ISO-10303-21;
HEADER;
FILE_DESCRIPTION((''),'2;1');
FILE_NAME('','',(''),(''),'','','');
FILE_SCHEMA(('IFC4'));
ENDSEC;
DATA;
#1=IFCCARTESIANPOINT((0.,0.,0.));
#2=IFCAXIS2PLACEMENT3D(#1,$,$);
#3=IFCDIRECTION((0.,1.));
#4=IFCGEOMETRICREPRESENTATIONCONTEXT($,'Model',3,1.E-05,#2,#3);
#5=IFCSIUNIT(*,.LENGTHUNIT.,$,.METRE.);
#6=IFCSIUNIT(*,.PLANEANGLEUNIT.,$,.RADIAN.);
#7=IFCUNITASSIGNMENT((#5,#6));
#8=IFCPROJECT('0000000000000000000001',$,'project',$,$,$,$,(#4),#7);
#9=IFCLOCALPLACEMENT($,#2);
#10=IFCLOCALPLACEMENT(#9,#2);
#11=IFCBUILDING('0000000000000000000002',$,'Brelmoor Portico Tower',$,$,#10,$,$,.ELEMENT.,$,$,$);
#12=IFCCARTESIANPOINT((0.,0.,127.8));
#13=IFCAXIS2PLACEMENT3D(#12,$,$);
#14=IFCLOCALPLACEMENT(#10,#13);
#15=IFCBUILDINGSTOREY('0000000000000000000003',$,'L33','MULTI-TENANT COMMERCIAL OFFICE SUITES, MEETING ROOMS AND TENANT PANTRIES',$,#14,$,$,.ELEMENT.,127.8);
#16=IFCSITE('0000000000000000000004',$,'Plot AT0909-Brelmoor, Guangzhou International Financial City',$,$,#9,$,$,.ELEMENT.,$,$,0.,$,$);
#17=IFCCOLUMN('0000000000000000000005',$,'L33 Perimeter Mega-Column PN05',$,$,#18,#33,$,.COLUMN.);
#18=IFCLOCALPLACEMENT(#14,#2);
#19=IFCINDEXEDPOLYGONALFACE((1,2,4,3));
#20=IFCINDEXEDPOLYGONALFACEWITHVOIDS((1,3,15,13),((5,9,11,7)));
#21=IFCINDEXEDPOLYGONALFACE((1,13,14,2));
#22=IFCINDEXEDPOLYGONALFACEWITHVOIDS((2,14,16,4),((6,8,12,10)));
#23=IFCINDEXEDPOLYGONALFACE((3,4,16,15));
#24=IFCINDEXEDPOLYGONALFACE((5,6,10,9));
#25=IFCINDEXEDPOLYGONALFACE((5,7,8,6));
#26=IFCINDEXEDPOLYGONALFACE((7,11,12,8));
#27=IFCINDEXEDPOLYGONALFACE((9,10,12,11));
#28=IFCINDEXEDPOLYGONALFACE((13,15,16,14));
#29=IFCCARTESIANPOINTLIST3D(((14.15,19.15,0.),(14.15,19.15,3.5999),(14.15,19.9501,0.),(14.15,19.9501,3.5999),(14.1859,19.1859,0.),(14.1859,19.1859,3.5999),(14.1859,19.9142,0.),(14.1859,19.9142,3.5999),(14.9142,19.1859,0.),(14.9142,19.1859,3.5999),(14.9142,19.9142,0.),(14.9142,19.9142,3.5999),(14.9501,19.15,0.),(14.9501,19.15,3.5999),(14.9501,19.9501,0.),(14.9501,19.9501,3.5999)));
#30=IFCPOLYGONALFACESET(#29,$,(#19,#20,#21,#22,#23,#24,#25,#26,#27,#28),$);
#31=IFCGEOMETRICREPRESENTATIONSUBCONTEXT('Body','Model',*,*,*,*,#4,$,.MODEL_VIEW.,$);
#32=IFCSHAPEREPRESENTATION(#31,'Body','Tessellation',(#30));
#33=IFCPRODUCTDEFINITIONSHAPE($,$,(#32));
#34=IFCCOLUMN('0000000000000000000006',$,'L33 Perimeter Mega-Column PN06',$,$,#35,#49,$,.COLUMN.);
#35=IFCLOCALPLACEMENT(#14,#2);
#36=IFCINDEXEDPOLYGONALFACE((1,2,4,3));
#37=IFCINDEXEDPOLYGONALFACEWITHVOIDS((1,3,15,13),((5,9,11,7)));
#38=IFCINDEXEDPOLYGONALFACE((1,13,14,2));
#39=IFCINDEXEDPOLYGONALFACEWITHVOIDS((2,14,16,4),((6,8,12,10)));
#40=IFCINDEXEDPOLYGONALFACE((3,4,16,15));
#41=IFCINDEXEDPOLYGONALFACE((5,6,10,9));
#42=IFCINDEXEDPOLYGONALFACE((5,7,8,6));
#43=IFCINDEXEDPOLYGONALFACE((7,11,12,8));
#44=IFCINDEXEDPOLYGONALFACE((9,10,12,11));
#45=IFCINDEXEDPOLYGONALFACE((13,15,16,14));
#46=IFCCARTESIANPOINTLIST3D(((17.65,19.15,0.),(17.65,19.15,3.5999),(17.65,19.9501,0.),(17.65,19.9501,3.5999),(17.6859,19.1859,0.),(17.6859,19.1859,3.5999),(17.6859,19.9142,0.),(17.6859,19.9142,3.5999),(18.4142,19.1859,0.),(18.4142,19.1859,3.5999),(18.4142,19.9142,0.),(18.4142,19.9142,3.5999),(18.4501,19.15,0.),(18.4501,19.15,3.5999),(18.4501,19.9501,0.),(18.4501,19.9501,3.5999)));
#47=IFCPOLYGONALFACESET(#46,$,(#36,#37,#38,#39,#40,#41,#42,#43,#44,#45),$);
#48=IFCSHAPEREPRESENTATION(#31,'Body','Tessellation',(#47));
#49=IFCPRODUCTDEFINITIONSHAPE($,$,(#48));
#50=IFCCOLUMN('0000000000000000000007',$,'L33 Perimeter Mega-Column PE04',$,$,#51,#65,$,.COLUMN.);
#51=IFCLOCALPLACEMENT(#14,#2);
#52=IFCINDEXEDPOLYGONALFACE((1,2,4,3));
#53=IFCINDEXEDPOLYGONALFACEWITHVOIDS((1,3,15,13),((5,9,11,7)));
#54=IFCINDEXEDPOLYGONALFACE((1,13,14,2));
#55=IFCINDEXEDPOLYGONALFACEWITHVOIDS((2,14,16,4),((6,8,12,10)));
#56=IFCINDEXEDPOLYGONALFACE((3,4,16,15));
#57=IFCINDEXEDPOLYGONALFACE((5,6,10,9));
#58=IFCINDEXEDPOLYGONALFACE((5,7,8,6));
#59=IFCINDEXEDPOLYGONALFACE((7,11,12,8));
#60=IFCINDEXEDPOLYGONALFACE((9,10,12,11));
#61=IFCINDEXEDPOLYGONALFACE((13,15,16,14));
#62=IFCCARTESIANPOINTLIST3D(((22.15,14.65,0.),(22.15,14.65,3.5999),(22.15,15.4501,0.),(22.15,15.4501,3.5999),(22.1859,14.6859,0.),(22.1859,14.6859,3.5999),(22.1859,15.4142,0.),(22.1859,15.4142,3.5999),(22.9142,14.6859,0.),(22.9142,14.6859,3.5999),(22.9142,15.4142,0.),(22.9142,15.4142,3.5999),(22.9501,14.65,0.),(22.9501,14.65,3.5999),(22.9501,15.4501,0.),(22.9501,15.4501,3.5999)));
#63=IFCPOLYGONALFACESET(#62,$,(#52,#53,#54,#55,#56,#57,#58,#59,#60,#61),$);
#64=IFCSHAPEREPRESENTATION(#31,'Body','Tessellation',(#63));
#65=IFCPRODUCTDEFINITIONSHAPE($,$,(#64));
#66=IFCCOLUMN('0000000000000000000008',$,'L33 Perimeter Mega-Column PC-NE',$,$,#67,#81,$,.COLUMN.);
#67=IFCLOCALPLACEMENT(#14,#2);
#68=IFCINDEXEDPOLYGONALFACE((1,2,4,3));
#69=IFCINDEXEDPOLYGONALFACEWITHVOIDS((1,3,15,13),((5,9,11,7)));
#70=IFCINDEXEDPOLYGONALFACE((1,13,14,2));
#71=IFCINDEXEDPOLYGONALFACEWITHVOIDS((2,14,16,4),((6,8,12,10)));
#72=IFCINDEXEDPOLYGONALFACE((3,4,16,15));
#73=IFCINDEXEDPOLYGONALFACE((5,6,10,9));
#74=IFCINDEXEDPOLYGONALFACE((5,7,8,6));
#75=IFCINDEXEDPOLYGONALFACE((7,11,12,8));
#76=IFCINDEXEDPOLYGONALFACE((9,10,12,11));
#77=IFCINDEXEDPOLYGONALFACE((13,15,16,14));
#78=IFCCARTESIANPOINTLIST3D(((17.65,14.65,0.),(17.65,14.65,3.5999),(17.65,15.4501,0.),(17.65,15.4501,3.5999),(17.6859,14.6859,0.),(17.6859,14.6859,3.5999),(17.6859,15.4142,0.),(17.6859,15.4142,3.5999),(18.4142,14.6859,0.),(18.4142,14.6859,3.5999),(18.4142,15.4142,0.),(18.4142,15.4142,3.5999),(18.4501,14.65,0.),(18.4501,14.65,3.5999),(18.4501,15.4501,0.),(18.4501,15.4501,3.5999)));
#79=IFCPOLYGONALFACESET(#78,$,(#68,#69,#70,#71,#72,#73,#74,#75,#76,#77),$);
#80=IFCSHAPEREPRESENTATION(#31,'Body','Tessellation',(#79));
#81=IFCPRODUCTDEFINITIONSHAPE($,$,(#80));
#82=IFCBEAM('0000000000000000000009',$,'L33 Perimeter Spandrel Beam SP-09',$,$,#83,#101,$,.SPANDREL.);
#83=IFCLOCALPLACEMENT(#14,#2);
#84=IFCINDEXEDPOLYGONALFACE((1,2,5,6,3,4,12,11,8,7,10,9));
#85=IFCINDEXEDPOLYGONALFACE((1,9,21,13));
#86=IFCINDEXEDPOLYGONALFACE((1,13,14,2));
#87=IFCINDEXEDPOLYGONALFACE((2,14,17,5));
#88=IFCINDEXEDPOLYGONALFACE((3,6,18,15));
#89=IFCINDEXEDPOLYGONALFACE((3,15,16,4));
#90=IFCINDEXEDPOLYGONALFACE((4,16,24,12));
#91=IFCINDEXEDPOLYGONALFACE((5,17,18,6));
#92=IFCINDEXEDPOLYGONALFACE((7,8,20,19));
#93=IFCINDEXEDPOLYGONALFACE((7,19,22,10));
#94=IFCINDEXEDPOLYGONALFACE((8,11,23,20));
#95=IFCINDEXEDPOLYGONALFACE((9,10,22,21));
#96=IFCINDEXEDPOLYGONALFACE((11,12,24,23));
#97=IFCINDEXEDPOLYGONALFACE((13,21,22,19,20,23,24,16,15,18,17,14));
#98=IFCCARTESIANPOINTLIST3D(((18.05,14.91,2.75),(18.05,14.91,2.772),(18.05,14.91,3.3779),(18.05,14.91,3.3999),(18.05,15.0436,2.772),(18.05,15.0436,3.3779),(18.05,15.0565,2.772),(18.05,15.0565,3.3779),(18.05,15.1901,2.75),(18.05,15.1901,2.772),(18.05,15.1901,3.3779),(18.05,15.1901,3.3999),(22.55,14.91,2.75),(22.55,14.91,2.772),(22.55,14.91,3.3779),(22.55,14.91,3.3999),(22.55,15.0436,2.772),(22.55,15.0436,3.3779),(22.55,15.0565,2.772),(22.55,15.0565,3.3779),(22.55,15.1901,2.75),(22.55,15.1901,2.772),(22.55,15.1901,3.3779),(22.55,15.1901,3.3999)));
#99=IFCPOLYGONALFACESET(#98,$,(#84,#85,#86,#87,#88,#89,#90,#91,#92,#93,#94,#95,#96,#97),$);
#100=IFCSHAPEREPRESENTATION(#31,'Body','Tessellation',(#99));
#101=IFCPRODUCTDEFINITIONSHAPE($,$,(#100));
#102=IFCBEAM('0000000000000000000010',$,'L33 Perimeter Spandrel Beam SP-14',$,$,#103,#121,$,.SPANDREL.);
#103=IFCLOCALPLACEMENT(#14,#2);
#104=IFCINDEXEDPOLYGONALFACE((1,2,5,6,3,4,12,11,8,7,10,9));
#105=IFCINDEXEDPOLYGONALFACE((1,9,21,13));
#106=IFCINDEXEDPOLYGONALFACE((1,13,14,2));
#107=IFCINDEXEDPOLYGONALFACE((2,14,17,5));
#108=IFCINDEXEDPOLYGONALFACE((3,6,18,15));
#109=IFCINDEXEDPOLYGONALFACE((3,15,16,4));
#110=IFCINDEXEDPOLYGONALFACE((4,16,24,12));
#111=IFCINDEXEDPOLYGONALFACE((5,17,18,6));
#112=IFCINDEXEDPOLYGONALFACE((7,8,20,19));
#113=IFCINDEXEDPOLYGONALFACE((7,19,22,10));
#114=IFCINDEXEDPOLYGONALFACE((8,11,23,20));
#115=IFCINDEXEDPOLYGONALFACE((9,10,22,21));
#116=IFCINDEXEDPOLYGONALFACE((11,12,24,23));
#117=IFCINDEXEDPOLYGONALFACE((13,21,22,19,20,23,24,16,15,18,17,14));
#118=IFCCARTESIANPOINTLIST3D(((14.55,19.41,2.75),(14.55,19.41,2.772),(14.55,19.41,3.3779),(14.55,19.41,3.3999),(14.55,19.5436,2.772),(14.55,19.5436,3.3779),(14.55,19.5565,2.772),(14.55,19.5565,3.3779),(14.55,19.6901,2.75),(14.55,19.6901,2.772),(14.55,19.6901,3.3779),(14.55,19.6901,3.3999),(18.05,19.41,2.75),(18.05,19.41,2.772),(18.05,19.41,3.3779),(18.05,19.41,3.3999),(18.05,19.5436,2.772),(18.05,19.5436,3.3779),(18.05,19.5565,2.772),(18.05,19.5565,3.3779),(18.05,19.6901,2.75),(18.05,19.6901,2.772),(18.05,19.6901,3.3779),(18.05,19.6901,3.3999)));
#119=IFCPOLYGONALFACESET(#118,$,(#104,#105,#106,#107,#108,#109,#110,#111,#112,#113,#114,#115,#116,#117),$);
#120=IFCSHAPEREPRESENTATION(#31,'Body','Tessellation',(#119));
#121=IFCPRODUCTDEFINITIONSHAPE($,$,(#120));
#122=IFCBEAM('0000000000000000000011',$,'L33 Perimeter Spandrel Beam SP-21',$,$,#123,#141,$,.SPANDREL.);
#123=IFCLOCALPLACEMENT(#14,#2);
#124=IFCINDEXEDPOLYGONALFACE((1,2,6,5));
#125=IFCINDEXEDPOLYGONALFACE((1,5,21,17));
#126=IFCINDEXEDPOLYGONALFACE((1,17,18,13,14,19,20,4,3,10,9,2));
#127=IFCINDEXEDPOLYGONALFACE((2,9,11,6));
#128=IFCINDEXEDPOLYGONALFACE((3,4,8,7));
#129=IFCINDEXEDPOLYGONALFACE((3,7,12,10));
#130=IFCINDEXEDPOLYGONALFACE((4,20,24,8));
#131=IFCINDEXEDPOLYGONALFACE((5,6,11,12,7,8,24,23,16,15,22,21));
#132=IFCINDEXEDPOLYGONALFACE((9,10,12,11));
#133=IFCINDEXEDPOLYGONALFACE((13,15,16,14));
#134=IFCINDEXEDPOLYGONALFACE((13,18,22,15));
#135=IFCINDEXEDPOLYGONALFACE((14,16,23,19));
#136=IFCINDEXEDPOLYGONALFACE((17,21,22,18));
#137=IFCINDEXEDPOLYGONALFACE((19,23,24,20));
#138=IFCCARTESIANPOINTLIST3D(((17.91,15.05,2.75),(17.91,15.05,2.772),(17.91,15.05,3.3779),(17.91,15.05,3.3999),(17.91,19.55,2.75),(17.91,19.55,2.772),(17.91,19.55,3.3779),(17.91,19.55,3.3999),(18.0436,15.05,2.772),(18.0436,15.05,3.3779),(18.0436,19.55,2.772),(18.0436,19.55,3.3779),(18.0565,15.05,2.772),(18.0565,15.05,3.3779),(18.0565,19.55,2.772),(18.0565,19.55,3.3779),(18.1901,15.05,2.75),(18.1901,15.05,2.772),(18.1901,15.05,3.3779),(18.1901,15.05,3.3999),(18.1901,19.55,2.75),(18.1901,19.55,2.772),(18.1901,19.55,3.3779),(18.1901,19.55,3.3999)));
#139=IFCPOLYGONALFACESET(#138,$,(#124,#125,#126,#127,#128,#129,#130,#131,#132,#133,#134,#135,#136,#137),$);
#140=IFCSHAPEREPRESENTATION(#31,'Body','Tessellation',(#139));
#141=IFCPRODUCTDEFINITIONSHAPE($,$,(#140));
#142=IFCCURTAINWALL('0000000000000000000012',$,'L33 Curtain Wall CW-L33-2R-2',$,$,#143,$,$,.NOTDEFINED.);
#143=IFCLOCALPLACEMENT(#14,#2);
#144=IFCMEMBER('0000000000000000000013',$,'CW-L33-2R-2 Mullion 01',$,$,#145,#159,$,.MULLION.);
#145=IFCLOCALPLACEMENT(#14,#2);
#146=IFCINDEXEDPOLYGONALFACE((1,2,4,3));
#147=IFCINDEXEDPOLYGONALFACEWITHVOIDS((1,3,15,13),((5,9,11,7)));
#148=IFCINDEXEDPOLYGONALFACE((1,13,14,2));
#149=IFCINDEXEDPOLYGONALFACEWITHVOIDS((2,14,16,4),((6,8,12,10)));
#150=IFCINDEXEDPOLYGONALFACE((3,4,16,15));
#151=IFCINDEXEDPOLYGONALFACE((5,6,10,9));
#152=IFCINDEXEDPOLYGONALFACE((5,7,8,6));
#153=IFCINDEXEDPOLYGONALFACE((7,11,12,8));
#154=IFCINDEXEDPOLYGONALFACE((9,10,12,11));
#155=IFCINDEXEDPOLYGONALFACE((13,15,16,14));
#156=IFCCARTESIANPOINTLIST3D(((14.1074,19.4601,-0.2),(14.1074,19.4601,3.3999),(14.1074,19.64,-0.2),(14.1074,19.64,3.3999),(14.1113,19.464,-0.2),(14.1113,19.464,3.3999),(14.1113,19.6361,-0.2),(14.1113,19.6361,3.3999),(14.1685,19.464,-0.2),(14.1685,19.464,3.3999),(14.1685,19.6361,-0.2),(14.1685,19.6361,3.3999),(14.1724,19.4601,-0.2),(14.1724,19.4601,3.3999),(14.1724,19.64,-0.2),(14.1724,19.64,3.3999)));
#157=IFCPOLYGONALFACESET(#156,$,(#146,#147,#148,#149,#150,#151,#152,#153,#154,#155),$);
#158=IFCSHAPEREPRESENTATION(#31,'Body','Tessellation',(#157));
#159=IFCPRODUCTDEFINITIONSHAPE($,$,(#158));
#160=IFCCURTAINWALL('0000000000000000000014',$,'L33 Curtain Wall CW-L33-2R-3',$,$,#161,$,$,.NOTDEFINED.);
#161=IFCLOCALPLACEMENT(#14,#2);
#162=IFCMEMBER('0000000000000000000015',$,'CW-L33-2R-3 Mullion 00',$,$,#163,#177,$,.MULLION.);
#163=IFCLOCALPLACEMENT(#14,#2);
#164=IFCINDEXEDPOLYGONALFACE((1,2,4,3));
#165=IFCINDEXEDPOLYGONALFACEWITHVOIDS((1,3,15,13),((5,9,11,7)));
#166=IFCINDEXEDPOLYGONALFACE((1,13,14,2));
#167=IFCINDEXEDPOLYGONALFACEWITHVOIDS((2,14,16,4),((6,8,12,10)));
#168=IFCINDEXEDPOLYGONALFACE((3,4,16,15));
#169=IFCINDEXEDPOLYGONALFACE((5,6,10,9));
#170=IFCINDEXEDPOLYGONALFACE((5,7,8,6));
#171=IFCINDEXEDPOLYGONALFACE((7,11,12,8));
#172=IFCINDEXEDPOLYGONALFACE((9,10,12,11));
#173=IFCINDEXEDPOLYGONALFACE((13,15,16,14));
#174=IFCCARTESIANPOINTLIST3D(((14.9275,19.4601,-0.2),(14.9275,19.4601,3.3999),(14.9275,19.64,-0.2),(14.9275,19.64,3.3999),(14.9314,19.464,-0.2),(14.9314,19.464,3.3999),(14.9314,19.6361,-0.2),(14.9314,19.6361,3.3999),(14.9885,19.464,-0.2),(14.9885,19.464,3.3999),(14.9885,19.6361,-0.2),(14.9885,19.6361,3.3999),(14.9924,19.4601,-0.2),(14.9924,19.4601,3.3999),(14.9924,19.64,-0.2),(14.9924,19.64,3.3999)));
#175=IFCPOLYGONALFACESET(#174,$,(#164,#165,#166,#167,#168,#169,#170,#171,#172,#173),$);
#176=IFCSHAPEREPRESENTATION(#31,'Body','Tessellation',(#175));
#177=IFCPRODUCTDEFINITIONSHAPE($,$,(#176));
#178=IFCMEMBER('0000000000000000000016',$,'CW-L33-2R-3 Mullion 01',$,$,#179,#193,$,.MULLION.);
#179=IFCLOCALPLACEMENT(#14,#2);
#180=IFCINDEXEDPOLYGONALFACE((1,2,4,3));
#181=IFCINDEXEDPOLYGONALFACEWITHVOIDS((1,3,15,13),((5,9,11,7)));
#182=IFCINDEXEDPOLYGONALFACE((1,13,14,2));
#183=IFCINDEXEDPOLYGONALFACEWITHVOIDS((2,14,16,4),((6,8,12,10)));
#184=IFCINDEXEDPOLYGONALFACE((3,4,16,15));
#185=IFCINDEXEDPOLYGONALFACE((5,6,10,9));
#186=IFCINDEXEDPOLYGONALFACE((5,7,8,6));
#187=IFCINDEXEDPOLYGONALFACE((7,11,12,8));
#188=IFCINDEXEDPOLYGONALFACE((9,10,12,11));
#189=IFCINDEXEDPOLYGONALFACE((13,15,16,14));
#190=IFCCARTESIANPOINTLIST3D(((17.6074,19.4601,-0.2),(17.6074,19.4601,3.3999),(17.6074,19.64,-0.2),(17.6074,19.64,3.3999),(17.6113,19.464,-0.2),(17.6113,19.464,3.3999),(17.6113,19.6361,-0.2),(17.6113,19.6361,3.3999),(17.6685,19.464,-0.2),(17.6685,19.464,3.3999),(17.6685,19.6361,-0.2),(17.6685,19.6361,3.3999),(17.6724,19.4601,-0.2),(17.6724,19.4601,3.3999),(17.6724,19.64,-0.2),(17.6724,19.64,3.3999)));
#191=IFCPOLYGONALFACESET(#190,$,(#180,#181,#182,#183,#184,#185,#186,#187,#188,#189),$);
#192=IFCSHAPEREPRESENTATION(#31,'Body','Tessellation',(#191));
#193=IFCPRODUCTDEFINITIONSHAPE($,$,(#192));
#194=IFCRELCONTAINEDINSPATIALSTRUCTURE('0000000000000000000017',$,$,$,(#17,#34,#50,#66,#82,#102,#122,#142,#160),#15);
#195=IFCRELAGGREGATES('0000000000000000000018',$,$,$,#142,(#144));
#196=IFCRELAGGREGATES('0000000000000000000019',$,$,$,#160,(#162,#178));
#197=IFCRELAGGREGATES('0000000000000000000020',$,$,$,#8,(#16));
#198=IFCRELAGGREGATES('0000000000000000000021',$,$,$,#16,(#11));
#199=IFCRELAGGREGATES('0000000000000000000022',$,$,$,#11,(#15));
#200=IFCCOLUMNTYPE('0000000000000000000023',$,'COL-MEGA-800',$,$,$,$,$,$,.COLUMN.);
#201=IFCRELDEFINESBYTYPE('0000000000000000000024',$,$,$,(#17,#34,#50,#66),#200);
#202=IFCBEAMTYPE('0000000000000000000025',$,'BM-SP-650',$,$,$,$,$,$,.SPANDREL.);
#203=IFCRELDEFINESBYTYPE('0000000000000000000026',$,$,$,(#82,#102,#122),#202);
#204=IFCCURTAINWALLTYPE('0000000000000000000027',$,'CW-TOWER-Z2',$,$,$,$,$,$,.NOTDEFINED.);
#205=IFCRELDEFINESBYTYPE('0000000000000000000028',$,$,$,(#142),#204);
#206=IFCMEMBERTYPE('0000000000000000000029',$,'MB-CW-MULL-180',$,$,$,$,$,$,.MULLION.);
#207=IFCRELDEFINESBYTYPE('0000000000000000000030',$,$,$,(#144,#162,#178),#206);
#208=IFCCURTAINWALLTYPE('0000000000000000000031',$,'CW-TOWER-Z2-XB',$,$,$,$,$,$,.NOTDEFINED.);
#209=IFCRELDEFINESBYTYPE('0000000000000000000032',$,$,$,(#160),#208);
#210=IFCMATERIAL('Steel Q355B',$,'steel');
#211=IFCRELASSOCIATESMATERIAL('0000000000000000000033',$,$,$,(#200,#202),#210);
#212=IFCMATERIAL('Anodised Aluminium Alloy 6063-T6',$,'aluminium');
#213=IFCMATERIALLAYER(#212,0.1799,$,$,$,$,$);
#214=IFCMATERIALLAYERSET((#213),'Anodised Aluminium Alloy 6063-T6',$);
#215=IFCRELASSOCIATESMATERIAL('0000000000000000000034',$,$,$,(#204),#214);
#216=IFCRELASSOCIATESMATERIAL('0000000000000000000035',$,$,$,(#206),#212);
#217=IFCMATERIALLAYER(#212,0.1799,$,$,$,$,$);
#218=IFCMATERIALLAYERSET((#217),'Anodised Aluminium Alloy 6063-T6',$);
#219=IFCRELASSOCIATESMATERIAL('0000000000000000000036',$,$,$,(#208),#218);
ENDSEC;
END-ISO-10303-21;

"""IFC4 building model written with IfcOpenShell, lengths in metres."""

from ifc_helpers import new_model, si_unit, direction, frame, origin, origin_2d, place, context, subcontext, project, spatial, hollow_rectangle, i_section, extrude, material, layer, layer_set, material_profile, profile_set, type_object, element, aggregate, save


model = new_model("IFC4")

# Units and contexts
model_context = context("Model", 3, precision=1e-05, world=origin(), true_north=direction((0.0, 1.0)))
body_context = subcontext(model_context, "Body", "Model", "MODEL_VIEW")
ifc_project = project(units=[si_unit("LENGTHUNIT", "METRE"), si_unit("PLANEANGLEUNIT", "RADIAN")], contexts=[model_context])

# Site, building, storey
site_placement = place(None, origin())
site = spatial("IfcSite", under=ifc_project, at=site_placement, Name="Plot AT0909-Brelmoor, Guangzhou International Financial City", CompositionType="ELEMENT", RefElevation=0.0)
building_placement = place(site_placement, origin())
building = spatial("IfcBuilding", under=site, at=building_placement, Name="Brelmoor Portico Tower", CompositionType="ELEMENT")
storey_placement = place(building_placement, frame((0.0, 0.0, 127.8)))
storey = spatial("IfcBuildingStorey", under=building, at=storey_placement, Name="L33", Description="MULTI-TENANT COMMERCIAL OFFICE SUITES, MEETING ROOMS AND TENANT PANTRIES", CompositionType="ELEMENT", Elevation=127.8)

# Columns
ifc_material_1 = material(Name="Steel Q355B", Category="steel")
ifc_material_profile_1 = material_profile(ifc_material_1, hollow_rectangle(XDim=0.8, YDim=0.8, WallThickness=0.0359, at=origin_2d()), Name="BOX 800x800x36")
ifc_profile_set_1 = profile_set([ifc_material_profile_1], Name="Steel Q355B")
column_type = type_object("IfcColumnType", Name="COL-MEGA-800", PredefinedType="COLUMN", material=ifc_profile_set_1)
for number, where, z_axis, x_axis, name in (
    (1, (14.55, 19.55, 0.0), (0.0, 0.0, 1.0), (1.0, 0.0, 0.0), "L33 Perimeter Mega-Column PN05"),
    (2, (18.05, 19.55, 0.0), (0.0, 0.0, 1.0), (1.0, 0.0, 0.0), "L33 Perimeter Mega-Column PN06"),
    (3, (22.55, 15.05, 0.0), (0.0, 0.0, 1.0), (0.0, 1.0, 0.0), "L33 Perimeter Mega-Column PE04"),
    (4, (18.05, 15.05, 0.0), (0.0, 0.0, 1.0), (1.0, 0.0, 0.0), "L33 Perimeter Mega-Column PC-NE"),
):
    element("IfcColumn", number, at=place(storey_placement, frame(where, z_axis=z_axis, x_axis=x_axis)), inside=storey, type_object=column_type, Name=name, PredefinedType="COLUMN", context=body_context, shape_type="SweptSolid", body=[
        extrude(hollow_rectangle(XDim=0.8, YDim=0.8, WallThickness=0.0359, at=origin_2d()), origin(), (0.0, 0.0, 1.0), 3.5999),
    ])

# Beams
ifc_material_profile_2 = material_profile(ifc_material_1, i_section(OverallWidth=0.28, OverallDepth=0.6499, WebThickness=0.0129, FlangeThickness=0.022, at=origin_2d()), Name="HN 650x280x13x22")
ifc_profile_set_2 = profile_set([ifc_material_profile_2], Name="Steel Q355B")
beam_type = type_object("IfcBeamType", Name="BM-SP-650", PredefinedType="SPANDREL", material=ifc_profile_set_2)
beam_1_placement = place(storey_placement, frame((18.05, 15.05, 3.075), z_axis=(1.0, 0.0, 0.0), x_axis=(0.0, 1.0, 0.0)))
element("IfcBeam", 5, at=beam_1_placement, inside=storey, type_object=beam_type, Name="L33 Perimeter Spandrel Beam SP-09", PredefinedType="SPANDREL", context=body_context, shape_type="SweptSolid", body=[
    extrude(i_section(OverallWidth=0.28, OverallDepth=0.6499, WebThickness=0.0129, FlangeThickness=0.022, at=origin_2d()), origin(), (0.0, 0.0, 1.0), 4.5),
])
beam_2_placement = place(storey_placement, frame((14.55, 19.55, 3.075), z_axis=(1.0, 0.0, 0.0), x_axis=(0.0, 1.0, 0.0)))
element("IfcBeam", 6, at=beam_2_placement, inside=storey, type_object=beam_type, Name="L33 Perimeter Spandrel Beam SP-14", PredefinedType="SPANDREL", context=body_context, shape_type="SweptSolid", body=[
    extrude(i_section(OverallWidth=0.28, OverallDepth=0.6499, WebThickness=0.0129, FlangeThickness=0.022, at=origin_2d()), origin(), (0.0, 0.0, 1.0), 3.5),
])
beam_3_placement = place(storey_placement, frame((18.05, 15.05, 3.075), z_axis=(0.0, 1.0, 0.0), x_axis=(-1.0, 0.0, 0.0)))
element("IfcBeam", 7, at=beam_3_placement, inside=storey, type_object=beam_type, Name="L33 Perimeter Spandrel Beam SP-21", PredefinedType="SPANDREL", context=body_context, shape_type="SweptSolid", body=[
    extrude(i_section(OverallWidth=0.28, OverallDepth=0.6499, WebThickness=0.0129, FlangeThickness=0.022, at=origin_2d()), origin(), (0.0, 0.0, 1.0), 4.5),
])

# Curtain wall, member
ifc_material_2 = material(Name="Anodised Aluminium Alloy 6063-T6", Category="aluminium")
ifc_layer_1 = layer(ifc_material_2, 0.1799)
ifc_layer_set_1 = layer_set([ifc_layer_1], Name="Anodised Aluminium Alloy 6063-T6")
curtain_wall_type_1 = type_object("IfcCurtainWallType", Name="CW-TOWER-Z2", PredefinedType="NOTDEFINED", material=ifc_layer_set_1)
curtain_wall_1_placement = place(storey_placement, origin())
curtain_wall_1 = element("IfcCurtainWall", 8, at=curtain_wall_1_placement, inside=storey, type_object=curtain_wall_type_1, Name="L33 Curtain Wall CW-L33-2R-2", PredefinedType="NOTDEFINED")
ifc_material_profile_3 = material_profile(ifc_material_2, hollow_rectangle(XDim=0.0649, YDim=0.1799, WallThickness=0.0039, at=origin_2d()), Name="ALU MULLION 65x180")
ifc_profile_set_3 = profile_set([ifc_material_profile_3], Name="Anodised Aluminium Alloy 6063-T6")
member_type_1 = type_object("IfcMemberType", Name="MB-CW-MULL-180", PredefinedType="MULLION", material=ifc_profile_set_3)
member_1_placement = place(storey_placement, frame((14.1399, 19.55, -0.2), z_axis=(0.0, 0.0, 1.0), x_axis=(1.0, 0.0, 0.0)))
member_1 = element("IfcMember", 9, at=member_1_placement, type_object=member_type_1, Name="CW-L33-2R-2 Mullion 01", PredefinedType="MULLION", context=body_context, shape_type="SweptSolid", body=[
    extrude(hollow_rectangle(XDim=0.0649, YDim=0.1799, WallThickness=0.0039, at=origin_2d()), origin(), (0.0, 0.0, 1.0), 3.5999),
])
aggregate(curtain_wall_1, [member_1])

# Curtain wall, members
ifc_layer_2 = layer(ifc_material_2, 0.1799)
ifc_layer_set_2 = layer_set([ifc_layer_2], Name="Anodised Aluminium Alloy 6063-T6")
curtain_wall_type_2 = type_object("IfcCurtainWallType", Name="CW-TOWER-Z2-XB", PredefinedType="NOTDEFINED", material=ifc_layer_set_2)
curtain_wall_2_placement = place(storey_placement, origin())
curtain_wall_2 = element("IfcCurtainWall", 10, at=curtain_wall_2_placement, inside=storey, type_object=curtain_wall_type_2, Name="L33 Curtain Wall CW-L33-2R-3", PredefinedType="NOTDEFINED")
member_2_placement = place(storey_placement, frame((14.96, 19.55, -0.2), z_axis=(0.0, 0.0, 1.0), x_axis=(1.0, 0.0, 0.0)))
member_2 = element("IfcMember", 11, at=member_2_placement, type_object=member_type_1, Name="CW-L33-2R-3 Mullion 00", PredefinedType="MULLION", context=body_context, shape_type="SweptSolid", body=[
    extrude(hollow_rectangle(XDim=0.0649, YDim=0.1799, WallThickness=0.0039, at=origin_2d()), origin(), (0.0, 0.0, 1.0), 3.5999),
])
member_3_placement = place(storey_placement, frame((17.6399, 19.55, -0.2), z_axis=(0.0, 0.0, 1.0), x_axis=(1.0, 0.0, 0.0)))
member_3 = element("IfcMember", 12, at=member_3_placement, type_object=member_type_1, Name="CW-L33-2R-3 Mullion 01", PredefinedType="MULLION", context=body_context, shape_type="SweptSolid", body=[
    extrude(hollow_rectangle(XDim=0.0649, YDim=0.1799, WallThickness=0.0039, at=origin_2d()), origin(), (0.0, 0.0, 1.0), 3.5999),
])

aggregate(curtain_wall_2, [member_2, member_3])

save(model, "model.ifc")
